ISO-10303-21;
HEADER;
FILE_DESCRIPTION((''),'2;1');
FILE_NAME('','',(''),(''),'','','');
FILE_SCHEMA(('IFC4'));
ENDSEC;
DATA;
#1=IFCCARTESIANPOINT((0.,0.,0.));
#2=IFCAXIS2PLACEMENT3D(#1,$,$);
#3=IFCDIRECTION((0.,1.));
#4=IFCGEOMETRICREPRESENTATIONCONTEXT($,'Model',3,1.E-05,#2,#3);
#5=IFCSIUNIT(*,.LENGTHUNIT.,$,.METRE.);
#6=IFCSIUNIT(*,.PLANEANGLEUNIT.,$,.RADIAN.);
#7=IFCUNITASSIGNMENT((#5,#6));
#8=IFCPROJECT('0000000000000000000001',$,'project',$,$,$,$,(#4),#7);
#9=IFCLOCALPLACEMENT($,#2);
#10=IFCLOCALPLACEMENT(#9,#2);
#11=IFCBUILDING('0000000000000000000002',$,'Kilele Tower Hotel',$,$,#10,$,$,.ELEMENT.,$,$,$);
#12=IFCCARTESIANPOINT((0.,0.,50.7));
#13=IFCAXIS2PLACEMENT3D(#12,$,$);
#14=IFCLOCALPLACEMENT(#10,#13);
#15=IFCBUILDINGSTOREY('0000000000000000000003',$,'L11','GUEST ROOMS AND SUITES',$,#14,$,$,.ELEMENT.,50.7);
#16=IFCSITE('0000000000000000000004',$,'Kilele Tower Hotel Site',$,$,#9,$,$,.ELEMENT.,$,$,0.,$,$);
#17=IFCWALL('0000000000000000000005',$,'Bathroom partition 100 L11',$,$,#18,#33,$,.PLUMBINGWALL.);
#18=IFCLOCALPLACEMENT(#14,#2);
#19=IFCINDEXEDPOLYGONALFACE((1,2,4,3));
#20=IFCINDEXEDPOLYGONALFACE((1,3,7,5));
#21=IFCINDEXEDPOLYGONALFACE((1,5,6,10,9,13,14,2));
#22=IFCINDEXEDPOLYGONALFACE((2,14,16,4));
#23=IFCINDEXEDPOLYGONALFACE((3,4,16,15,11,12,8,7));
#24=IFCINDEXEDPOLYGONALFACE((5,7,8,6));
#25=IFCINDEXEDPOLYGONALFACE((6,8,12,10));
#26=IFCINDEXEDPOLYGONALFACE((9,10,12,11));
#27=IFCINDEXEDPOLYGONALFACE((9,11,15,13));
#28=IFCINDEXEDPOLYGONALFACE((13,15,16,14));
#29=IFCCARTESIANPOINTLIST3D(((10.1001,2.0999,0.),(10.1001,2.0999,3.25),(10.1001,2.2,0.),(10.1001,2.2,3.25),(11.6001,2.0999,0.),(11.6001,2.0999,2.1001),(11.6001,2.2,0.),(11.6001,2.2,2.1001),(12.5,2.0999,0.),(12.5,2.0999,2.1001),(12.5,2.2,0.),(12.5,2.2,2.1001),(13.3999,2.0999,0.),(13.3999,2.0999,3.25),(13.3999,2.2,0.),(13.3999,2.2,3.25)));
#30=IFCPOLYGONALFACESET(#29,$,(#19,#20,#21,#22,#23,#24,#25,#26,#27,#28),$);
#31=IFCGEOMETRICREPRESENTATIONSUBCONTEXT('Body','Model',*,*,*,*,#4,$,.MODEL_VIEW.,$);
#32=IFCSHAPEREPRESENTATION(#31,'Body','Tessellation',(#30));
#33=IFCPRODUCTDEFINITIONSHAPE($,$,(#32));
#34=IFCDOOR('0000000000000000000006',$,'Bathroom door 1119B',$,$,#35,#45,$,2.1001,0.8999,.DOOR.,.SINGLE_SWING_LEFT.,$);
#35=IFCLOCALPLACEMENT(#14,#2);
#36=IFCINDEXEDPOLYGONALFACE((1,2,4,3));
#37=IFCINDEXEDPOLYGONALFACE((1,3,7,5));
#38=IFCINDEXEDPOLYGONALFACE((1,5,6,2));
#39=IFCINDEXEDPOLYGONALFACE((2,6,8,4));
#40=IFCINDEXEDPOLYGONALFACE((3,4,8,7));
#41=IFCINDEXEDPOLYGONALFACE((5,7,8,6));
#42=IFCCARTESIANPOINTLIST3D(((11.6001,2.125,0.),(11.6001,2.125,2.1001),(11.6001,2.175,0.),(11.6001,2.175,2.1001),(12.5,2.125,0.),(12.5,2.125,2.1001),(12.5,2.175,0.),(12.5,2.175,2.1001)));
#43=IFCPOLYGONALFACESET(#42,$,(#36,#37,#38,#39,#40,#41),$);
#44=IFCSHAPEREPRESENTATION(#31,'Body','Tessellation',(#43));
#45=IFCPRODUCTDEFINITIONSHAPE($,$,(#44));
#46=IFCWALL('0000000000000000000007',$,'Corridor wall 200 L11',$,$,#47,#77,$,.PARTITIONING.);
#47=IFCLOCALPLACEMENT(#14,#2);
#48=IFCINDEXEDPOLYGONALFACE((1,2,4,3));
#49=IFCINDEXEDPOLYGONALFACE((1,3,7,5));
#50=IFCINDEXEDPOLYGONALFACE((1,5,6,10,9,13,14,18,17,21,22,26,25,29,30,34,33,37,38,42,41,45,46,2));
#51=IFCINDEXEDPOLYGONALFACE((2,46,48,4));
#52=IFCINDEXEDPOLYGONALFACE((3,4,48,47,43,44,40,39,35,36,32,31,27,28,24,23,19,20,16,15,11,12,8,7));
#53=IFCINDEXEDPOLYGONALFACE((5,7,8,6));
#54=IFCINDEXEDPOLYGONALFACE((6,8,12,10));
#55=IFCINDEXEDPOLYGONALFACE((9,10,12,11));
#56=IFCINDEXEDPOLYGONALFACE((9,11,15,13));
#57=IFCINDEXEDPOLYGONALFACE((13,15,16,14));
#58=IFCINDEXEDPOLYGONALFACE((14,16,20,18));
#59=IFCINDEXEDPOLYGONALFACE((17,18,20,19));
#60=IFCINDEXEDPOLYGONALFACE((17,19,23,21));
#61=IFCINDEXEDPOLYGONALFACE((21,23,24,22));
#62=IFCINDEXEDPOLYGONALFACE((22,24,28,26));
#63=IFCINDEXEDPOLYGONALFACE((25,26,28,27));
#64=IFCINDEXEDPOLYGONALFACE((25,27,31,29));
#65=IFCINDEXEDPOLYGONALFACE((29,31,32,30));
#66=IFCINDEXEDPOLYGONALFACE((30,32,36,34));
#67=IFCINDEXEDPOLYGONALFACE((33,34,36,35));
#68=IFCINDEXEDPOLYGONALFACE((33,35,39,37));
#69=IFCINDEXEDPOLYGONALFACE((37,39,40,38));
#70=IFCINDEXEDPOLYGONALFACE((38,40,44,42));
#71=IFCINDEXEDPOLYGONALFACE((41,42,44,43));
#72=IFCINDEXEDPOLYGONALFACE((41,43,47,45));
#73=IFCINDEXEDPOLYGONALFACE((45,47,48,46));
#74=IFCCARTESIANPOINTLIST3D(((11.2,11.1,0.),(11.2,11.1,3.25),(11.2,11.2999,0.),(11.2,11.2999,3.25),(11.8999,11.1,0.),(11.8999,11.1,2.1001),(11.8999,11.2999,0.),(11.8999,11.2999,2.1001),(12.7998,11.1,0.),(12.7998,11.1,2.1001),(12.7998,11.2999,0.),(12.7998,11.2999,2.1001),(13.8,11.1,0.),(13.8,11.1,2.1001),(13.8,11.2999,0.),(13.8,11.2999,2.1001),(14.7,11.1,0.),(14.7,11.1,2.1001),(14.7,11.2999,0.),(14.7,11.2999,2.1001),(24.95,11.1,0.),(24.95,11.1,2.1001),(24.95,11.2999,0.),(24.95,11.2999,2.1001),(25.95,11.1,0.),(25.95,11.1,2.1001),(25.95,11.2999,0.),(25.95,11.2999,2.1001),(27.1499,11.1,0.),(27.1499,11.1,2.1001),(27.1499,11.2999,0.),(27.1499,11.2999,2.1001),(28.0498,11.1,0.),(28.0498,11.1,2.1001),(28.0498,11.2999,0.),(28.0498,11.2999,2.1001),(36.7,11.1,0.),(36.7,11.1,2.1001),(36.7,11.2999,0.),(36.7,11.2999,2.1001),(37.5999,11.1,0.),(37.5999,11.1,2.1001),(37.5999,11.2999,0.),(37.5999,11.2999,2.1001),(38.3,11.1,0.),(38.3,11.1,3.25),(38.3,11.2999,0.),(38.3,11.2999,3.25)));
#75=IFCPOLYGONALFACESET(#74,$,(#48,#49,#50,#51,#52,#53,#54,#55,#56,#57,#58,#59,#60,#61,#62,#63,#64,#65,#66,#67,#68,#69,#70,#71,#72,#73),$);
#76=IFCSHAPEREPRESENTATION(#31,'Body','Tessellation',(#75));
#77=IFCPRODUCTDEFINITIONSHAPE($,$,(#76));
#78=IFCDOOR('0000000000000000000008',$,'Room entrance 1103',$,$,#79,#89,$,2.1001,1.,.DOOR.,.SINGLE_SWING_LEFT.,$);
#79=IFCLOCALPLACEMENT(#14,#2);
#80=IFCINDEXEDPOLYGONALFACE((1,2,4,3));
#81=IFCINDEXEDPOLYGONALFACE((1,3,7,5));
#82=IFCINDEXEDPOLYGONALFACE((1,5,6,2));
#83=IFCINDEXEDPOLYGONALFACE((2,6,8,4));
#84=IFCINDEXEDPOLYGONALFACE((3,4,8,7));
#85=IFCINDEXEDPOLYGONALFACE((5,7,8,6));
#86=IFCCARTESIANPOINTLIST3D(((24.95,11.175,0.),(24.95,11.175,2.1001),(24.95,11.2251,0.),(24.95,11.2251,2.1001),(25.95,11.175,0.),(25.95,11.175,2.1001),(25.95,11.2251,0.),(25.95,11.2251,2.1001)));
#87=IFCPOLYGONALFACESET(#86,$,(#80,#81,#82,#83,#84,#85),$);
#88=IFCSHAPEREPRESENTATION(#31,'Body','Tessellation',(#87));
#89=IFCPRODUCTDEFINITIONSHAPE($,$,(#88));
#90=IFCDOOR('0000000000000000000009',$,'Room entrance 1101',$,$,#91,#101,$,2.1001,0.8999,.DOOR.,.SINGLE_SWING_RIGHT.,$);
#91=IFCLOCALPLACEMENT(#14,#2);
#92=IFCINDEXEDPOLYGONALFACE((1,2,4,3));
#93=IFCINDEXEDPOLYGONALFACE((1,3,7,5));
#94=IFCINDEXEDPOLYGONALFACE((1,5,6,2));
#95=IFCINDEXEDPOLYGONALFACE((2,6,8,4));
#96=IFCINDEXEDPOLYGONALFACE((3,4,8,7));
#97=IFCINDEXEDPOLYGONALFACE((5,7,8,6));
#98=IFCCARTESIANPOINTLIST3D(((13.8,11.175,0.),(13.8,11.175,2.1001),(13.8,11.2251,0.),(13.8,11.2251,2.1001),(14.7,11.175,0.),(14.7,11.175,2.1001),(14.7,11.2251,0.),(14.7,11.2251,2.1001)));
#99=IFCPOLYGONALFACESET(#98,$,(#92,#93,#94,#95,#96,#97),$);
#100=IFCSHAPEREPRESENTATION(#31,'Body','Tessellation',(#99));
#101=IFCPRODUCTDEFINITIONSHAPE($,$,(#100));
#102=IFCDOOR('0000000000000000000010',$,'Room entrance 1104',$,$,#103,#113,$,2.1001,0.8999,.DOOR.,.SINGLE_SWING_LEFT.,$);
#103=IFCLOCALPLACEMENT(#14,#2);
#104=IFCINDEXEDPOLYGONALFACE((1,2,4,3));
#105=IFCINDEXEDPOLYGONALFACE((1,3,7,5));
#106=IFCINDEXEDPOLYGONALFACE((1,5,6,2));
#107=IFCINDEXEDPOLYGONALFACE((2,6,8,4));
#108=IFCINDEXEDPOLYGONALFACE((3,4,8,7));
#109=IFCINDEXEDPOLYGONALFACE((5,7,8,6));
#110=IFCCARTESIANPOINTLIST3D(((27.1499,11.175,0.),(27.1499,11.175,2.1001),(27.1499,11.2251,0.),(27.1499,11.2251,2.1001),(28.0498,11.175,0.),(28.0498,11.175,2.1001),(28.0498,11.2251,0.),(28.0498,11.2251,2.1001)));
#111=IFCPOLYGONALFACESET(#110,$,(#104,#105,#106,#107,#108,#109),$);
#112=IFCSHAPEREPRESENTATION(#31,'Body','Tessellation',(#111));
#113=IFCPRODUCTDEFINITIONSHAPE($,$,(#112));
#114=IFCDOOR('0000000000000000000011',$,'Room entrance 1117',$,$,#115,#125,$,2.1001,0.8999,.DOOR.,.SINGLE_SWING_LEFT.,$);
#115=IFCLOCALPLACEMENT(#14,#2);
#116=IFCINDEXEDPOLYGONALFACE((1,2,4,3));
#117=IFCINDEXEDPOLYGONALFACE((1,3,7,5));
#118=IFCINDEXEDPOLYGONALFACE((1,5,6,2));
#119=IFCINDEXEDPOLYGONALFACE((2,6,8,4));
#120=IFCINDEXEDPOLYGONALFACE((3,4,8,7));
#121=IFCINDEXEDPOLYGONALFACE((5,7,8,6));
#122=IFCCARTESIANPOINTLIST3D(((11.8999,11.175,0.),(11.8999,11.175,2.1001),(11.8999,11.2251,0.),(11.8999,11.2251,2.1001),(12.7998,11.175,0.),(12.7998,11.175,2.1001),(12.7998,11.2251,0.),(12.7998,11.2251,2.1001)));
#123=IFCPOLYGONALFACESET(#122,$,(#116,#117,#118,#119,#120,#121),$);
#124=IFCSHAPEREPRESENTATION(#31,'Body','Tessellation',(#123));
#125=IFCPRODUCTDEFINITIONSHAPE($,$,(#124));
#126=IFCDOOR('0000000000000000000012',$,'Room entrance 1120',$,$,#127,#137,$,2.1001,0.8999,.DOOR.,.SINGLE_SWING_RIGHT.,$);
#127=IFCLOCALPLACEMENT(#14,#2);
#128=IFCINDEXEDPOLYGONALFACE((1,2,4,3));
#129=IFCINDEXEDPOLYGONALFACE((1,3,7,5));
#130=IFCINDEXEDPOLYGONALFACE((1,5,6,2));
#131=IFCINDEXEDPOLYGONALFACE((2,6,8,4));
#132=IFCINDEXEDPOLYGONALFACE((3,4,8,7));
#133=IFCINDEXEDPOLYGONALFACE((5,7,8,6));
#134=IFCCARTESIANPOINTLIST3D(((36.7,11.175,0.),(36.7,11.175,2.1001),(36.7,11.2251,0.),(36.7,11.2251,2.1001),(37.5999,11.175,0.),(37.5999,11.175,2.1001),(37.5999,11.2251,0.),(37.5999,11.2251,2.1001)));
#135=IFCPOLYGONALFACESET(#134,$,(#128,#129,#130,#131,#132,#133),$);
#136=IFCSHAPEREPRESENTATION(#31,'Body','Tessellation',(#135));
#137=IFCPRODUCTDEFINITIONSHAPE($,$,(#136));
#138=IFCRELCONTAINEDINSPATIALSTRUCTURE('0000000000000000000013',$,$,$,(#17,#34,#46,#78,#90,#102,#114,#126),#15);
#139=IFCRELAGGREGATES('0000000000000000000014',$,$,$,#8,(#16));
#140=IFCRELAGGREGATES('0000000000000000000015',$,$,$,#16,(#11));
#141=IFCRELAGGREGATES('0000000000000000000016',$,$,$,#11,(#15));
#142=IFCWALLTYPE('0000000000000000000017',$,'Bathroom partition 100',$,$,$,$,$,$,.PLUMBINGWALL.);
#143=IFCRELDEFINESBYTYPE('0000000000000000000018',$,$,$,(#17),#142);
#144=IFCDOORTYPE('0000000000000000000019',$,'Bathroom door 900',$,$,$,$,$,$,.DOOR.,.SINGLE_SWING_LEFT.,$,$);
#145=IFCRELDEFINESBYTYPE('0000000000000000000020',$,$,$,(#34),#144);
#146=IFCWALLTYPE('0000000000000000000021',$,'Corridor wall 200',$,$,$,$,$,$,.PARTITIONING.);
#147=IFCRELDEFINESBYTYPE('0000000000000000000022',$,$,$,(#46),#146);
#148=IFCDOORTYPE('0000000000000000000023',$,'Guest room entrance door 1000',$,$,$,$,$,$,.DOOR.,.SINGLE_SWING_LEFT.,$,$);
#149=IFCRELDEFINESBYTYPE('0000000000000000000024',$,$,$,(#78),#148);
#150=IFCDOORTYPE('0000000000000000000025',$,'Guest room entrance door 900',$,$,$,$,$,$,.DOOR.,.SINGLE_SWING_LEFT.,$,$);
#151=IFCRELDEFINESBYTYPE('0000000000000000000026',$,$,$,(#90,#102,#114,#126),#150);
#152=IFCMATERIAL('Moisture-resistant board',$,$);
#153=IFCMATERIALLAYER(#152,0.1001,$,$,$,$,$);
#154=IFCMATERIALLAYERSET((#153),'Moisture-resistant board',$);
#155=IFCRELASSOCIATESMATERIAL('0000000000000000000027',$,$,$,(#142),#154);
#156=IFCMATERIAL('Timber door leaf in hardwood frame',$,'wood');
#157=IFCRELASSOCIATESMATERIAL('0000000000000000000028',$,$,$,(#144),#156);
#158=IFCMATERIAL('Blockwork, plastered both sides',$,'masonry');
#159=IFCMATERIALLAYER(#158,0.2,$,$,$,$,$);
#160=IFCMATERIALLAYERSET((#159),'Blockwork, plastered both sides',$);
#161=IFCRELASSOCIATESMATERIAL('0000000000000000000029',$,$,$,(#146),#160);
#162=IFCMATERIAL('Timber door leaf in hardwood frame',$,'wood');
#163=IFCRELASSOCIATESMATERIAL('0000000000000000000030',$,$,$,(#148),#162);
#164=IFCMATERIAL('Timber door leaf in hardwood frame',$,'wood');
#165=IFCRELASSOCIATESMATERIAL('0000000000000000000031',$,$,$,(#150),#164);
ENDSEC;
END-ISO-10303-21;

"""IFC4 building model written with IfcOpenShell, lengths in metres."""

from ifc_helpers import new_model, si_unit, direction, frame, frame_2d, origin, place, context, subcontext, project, spatial, rectangle, extrude, material, layer, layer_set, type_object, element, fill, save


model = new_model("IFC4")

# Units and contexts
model_context = context("Model", 3, precision=1e-05, world=origin(), true_north=direction((0.0, 1.0)))
body_context = subcontext(model_context, "Body", "Model", "MODEL_VIEW")
ifc_project = project(units=[si_unit("LENGTHUNIT", "METRE"), si_unit("PLANEANGLEUNIT", "RADIAN")], contexts=[model_context])

# Site, building, storey
site_placement = place(None, origin())
site = spatial("IfcSite", under=ifc_project, at=site_placement, Name="Kilele Tower Hotel Site", CompositionType="ELEMENT", RefElevation=0.0)
building_placement = place(site_placement, origin())
building = spatial("IfcBuilding", under=site, at=building_placement, Name="Kilele Tower Hotel", CompositionType="ELEMENT")
storey_placement = place(building_placement, frame((0.0, 0.0, 50.7)))
storey = spatial("IfcBuildingStorey", under=building, at=storey_placement, Name="L11", Description="GUEST ROOMS AND SUITES", CompositionType="ELEMENT", Elevation=50.7)

# Shared definitions
ifc_material_1 = material(Name="Moisture-resistant board")
ifc_layer_1 = layer(ifc_material_1, 0.1001)
ifc_layer_set_1 = layer_set([ifc_layer_1], Name="Moisture-resistant board")
wall_type_1 = type_object("IfcWallType", Name="Bathroom partition 100", PredefinedType="PLUMBINGWALL", material=ifc_layer_set_1)

# Wall, opening, door
ifc_material_2 = material(Name="Timber door leaf in hardwood frame", Category="wood")
door_type_1 = type_object("IfcDoorType", Name="Bathroom door 900", OperationType="SINGLE_SWING_LEFT", PredefinedType="DOOR", material=ifc_material_2)
wall_1_placement = place(storey_placement, frame((13.3999, 2.1499, 0.0), z_axis=(0.0, 0.0, 1.0), x_axis=(-1.0, 0.0, 0.0)))
wall_1 = element("IfcWall", 1, at=wall_1_placement, inside=storey, type_object=wall_type_1, Name="Bathroom partition 100 L11", PredefinedType="PLUMBINGWALL", context=body_context, shape_type="SweptSolid", body=[
    extrude(rectangle(XDim=3.2998, YDim=0.1001, at=frame_2d((1.6499, 0.0))), origin(), (0.0, 0.0, 1.0), 3.25),
])
opening_1_placement = place(wall_1_placement, frame((0.8999, 0.0, 0.0)))
opening_1 = element("IfcOpeningElement", 2, at=opening_1_placement, cuts=wall_1, PredefinedType="OPENING", context=body_context, shape_type="SweptSolid", body=[
    extrude(rectangle(XDim=0.8999, YDim=2.1001, at=frame_2d((0.45, 1.05))), frame((0.0, 0.0601, 0.0), z_axis=(0.0, -1.0, 0.0), x_axis=(1.0, 0.0, 0.0)), (0.0, 0.0, 1.0), 0.1201),
])
door_1_placement = place(opening_1_placement, origin())
door_1 = element("IfcDoor", 3, at=door_1_placement, inside=storey, type_object=door_type_1, Name="Bathroom door 1119B", OperationType="SINGLE_SWING_LEFT", OverallHeight=2.1001, OverallWidth=0.8999, PredefinedType="DOOR", context=body_context, shape_type="SweptSolid", body=[
    extrude(rectangle(XDim=0.8999, YDim=2.1001, at=frame_2d((0.45, 1.05))), frame((0.0, 0.0249, 0.0), z_axis=(0.0, -1.0, 0.0), x_axis=(1.0, 0.0, 0.0)), (0.0, 0.0, 1.0), 0.05),
])
fill(opening_1, door_1)

# Wall, openings, doors
ifc_material_3 = material(Name="Blockwork, plastered both sides", Category="masonry")
ifc_layer_2 = layer(ifc_material_3, 0.2)
ifc_layer_set_2 = layer_set([ifc_layer_2], Name="Blockwork, plastered both sides")
wall_type_2 = type_object("IfcWallType", Name="Corridor wall 200", PredefinedType="PARTITIONING", material=ifc_layer_set_2)
wall_2_placement = place(storey_placement, frame((11.2, 11.2, 0.0), z_axis=(0.0, 0.0, 1.0), x_axis=(1.0, 0.0, 0.0)))
wall_2 = element("IfcWall", 4, at=wall_2_placement, inside=storey, type_object=wall_type_2, Name="Corridor wall 200 L11", PredefinedType="PARTITIONING", context=body_context, shape_type="SweptSolid", body=[
    extrude(rectangle(XDim=27.1001, YDim=0.2, at=frame_2d((13.55, 0.0))), origin(), (0.0, 0.0, 1.0), 3.25),
])
opening_2_placement = place(wall_2_placement, frame((3.5, 0.0, 0.0), z_axis=(0.0, 0.0, 1.0), x_axis=(-1.0, 0.0, 0.0)))
opening_2 = element("IfcOpeningElement", 5, at=opening_2_placement, cuts=wall_2, PredefinedType="OPENING", context=body_context, shape_type="SweptSolid", body=[
    extrude(rectangle(XDim=0.8999, YDim=2.1001, at=frame_2d((0.45, 1.05))), frame((0.0, 0.1099, 0.0), z_axis=(0.0, -1.0, 0.0), x_axis=(1.0, 0.0, 0.0)), (0.0, 0.0, 1.0), 0.22),
])
opening_3_placement = place(wall_2_placement, frame((14.75, 0.0, 0.0), z_axis=(0.0, 0.0, 1.0), x_axis=(-1.0, 0.0, 0.0)))
opening_3 = element("IfcOpeningElement", 6, at=opening_3_placement, cuts=wall_2, PredefinedType="OPENING", context=body_context, shape_type="SweptSolid", body=[
    extrude(rectangle(XDim=1.0, YDim=2.1001, at=frame_2d((0.5, 1.05))), frame((0.0, 0.1099, 0.0), z_axis=(0.0, -1.0, 0.0), x_axis=(1.0, 0.0, 0.0)), (0.0, 0.0, 1.0), 0.22),
])
opening_4_placement = place(wall_2_placement, frame((16.8499, 0.0, 0.0), z_axis=(0.0, 0.0, 1.0), x_axis=(-1.0, 0.0, 0.0)))
opening_4 = element("IfcOpeningElement", 7, at=opening_4_placement, cuts=wall_2, PredefinedType="OPENING", context=body_context, shape_type="SweptSolid", body=[
    extrude(rectangle(XDim=0.8999, YDim=2.1001, at=frame_2d((0.45, 1.05))), frame((0.0, 0.1099, 0.0), z_axis=(0.0, -1.0, 0.0), x_axis=(1.0, 0.0, 0.0)), (0.0, 0.0, 1.0), 0.22),
])
opening_5_placement = place(wall_2_placement, frame((1.5999, 0.0, 0.0), z_axis=(0.0, 0.0, 1.0), x_axis=(-1.0, 0.0, 0.0)))
opening_5 = element("IfcOpeningElement", 8, at=opening_5_placement, cuts=wall_2, PredefinedType="OPENING", context=body_context, shape_type="SweptSolid", body=[
    extrude(rectangle(XDim=0.8999, YDim=2.1001, at=frame_2d((0.45, 1.05))), frame((0.0, 0.1099, 0.0), z_axis=(0.0, -1.0, 0.0), x_axis=(1.0, 0.0, 0.0)), (0.0, 0.0, 1.0), 0.22),
])
opening_6_placement = place(wall_2_placement, frame((26.3999, 0.0, 0.0), z_axis=(0.0, 0.0, 1.0), x_axis=(-1.0, 0.0, 0.0)))
opening_6 = element("IfcOpeningElement", 9, at=opening_6_placement, cuts=wall_2, PredefinedType="OPENING", context=body_context, shape_type="SweptSolid", body=[
    extrude(rectangle(XDim=0.8999, YDim=2.1001, at=frame_2d((0.45, 1.05))), frame((0.0, 0.1099, 0.0), z_axis=(0.0, -1.0, 0.0), x_axis=(1.0, 0.0, 0.0)), (0.0, 0.0, 1.0), 0.22),
])
ifc_material_4 = material(Name="Timber door leaf in hardwood frame", Category="wood")
door_type_2 = type_object("IfcDoorType", Name="Guest room entrance door 1000", OperationType="SINGLE_SWING_LEFT", PredefinedType="DOOR", material=ifc_material_4)
door_2_placement = place(opening_3_placement, origin())
door_2 = element("IfcDoor", 10, at=door_2_placement, inside=storey, type_object=door_type_2, Name="Room entrance 1103", OperationType="SINGLE_SWING_LEFT", OverallHeight=2.1001, OverallWidth=1.0, PredefinedType="DOOR", context=body_context, shape_type="SweptSolid", body=[
    extrude(rectangle(XDim=1.0, YDim=2.1001, at=frame_2d((0.5, 1.05))), frame((0.0, 0.0249, 0.0), z_axis=(0.0, -1.0, 0.0), x_axis=(1.0, 0.0, 0.0)), (0.0, 0.0, 1.0), 0.05),
])
fill(opening_3, door_2)
ifc_material_5 = material(Name="Timber door leaf in hardwood frame", Category="wood")
door_type_3 = type_object("IfcDoorType", Name="Guest room entrance door 900", OperationType="SINGLE_SWING_LEFT", PredefinedType="DOOR", material=ifc_material_5)
door_3_placement = place(opening_2_placement, origin())
door_3 = element("IfcDoor", 11, at=door_3_placement, inside=storey, type_object=door_type_3, Name="Room entrance 1101", OperationType="SINGLE_SWING_RIGHT", OverallHeight=2.1001, OverallWidth=0.8999, PredefinedType="DOOR", context=body_context, shape_type="SweptSolid", body=[
    extrude(rectangle(XDim=0.8999, YDim=2.1001, at=frame_2d((0.45, 1.05))), frame((0.0, 0.0249, 0.0), z_axis=(0.0, -1.0, 0.0), x_axis=(1.0, 0.0, 0.0)), (0.0, 0.0, 1.0), 0.05),
])
fill(opening_2, door_3)
door_4_placement = place(opening_4_placement, origin())
door_4 = element("IfcDoor", 12, at=door_4_placement, inside=storey, type_object=door_type_3, Name="Room entrance 1104", OperationType="SINGLE_SWING_LEFT", OverallHeight=2.1001, OverallWidth=0.8999, PredefinedType="DOOR", context=body_context, shape_type="SweptSolid", body=[
    extrude(rectangle(XDim=0.8999, YDim=2.1001, at=frame_2d((0.45, 1.05))), frame((0.0, 0.0249, 0.0), z_axis=(0.0, -1.0, 0.0), x_axis=(1.0, 0.0, 0.0)), (0.0, 0.0, 1.0), 0.05),
])
fill(opening_4, door_4)
door_5_placement = place(opening_5_placement, origin())
door_5 = element("IfcDoor", 13, at=door_5_placement, inside=storey, type_object=door_type_3, Name="Room entrance 1117", OperationType="SINGLE_SWING_LEFT", OverallHeight=2.1001, OverallWidth=0.8999, PredefinedType="DOOR", context=body_context, shape_type="SweptSolid", body=[
    extrude(rectangle(XDim=0.8999, YDim=2.1001, at=frame_2d((0.45, 1.05))), frame((0.0, 0.0249, 0.0), z_axis=(0.0, -1.0, 0.0), x_axis=(1.0, 0.0, 0.0)), (0.0, 0.0, 1.0), 0.05),
])
fill(opening_5, door_5)
door_6_placement = place(opening_6_placement, origin())
door_6 = element("IfcDoor", 14, at=door_6_placement, inside=storey, type_object=door_type_3, Name="Room entrance 1120", OperationType="SINGLE_SWING_RIGHT", OverallHeight=2.1001, OverallWidth=0.8999, PredefinedType="DOOR", context=body_context, shape_type="SweptSolid", body=[
    extrude(rectangle(XDim=0.8999, YDim=2.1001, at=frame_2d((0.45, 1.05))), frame((0.0, 0.0249, 0.0), z_axis=(0.0, -1.0, 0.0), x_axis=(1.0, 0.0, 0.0)), (0.0, 0.0, 1.0), 0.05),
])
fill(opening_6, door_6)

save(model, "model.ifc")
